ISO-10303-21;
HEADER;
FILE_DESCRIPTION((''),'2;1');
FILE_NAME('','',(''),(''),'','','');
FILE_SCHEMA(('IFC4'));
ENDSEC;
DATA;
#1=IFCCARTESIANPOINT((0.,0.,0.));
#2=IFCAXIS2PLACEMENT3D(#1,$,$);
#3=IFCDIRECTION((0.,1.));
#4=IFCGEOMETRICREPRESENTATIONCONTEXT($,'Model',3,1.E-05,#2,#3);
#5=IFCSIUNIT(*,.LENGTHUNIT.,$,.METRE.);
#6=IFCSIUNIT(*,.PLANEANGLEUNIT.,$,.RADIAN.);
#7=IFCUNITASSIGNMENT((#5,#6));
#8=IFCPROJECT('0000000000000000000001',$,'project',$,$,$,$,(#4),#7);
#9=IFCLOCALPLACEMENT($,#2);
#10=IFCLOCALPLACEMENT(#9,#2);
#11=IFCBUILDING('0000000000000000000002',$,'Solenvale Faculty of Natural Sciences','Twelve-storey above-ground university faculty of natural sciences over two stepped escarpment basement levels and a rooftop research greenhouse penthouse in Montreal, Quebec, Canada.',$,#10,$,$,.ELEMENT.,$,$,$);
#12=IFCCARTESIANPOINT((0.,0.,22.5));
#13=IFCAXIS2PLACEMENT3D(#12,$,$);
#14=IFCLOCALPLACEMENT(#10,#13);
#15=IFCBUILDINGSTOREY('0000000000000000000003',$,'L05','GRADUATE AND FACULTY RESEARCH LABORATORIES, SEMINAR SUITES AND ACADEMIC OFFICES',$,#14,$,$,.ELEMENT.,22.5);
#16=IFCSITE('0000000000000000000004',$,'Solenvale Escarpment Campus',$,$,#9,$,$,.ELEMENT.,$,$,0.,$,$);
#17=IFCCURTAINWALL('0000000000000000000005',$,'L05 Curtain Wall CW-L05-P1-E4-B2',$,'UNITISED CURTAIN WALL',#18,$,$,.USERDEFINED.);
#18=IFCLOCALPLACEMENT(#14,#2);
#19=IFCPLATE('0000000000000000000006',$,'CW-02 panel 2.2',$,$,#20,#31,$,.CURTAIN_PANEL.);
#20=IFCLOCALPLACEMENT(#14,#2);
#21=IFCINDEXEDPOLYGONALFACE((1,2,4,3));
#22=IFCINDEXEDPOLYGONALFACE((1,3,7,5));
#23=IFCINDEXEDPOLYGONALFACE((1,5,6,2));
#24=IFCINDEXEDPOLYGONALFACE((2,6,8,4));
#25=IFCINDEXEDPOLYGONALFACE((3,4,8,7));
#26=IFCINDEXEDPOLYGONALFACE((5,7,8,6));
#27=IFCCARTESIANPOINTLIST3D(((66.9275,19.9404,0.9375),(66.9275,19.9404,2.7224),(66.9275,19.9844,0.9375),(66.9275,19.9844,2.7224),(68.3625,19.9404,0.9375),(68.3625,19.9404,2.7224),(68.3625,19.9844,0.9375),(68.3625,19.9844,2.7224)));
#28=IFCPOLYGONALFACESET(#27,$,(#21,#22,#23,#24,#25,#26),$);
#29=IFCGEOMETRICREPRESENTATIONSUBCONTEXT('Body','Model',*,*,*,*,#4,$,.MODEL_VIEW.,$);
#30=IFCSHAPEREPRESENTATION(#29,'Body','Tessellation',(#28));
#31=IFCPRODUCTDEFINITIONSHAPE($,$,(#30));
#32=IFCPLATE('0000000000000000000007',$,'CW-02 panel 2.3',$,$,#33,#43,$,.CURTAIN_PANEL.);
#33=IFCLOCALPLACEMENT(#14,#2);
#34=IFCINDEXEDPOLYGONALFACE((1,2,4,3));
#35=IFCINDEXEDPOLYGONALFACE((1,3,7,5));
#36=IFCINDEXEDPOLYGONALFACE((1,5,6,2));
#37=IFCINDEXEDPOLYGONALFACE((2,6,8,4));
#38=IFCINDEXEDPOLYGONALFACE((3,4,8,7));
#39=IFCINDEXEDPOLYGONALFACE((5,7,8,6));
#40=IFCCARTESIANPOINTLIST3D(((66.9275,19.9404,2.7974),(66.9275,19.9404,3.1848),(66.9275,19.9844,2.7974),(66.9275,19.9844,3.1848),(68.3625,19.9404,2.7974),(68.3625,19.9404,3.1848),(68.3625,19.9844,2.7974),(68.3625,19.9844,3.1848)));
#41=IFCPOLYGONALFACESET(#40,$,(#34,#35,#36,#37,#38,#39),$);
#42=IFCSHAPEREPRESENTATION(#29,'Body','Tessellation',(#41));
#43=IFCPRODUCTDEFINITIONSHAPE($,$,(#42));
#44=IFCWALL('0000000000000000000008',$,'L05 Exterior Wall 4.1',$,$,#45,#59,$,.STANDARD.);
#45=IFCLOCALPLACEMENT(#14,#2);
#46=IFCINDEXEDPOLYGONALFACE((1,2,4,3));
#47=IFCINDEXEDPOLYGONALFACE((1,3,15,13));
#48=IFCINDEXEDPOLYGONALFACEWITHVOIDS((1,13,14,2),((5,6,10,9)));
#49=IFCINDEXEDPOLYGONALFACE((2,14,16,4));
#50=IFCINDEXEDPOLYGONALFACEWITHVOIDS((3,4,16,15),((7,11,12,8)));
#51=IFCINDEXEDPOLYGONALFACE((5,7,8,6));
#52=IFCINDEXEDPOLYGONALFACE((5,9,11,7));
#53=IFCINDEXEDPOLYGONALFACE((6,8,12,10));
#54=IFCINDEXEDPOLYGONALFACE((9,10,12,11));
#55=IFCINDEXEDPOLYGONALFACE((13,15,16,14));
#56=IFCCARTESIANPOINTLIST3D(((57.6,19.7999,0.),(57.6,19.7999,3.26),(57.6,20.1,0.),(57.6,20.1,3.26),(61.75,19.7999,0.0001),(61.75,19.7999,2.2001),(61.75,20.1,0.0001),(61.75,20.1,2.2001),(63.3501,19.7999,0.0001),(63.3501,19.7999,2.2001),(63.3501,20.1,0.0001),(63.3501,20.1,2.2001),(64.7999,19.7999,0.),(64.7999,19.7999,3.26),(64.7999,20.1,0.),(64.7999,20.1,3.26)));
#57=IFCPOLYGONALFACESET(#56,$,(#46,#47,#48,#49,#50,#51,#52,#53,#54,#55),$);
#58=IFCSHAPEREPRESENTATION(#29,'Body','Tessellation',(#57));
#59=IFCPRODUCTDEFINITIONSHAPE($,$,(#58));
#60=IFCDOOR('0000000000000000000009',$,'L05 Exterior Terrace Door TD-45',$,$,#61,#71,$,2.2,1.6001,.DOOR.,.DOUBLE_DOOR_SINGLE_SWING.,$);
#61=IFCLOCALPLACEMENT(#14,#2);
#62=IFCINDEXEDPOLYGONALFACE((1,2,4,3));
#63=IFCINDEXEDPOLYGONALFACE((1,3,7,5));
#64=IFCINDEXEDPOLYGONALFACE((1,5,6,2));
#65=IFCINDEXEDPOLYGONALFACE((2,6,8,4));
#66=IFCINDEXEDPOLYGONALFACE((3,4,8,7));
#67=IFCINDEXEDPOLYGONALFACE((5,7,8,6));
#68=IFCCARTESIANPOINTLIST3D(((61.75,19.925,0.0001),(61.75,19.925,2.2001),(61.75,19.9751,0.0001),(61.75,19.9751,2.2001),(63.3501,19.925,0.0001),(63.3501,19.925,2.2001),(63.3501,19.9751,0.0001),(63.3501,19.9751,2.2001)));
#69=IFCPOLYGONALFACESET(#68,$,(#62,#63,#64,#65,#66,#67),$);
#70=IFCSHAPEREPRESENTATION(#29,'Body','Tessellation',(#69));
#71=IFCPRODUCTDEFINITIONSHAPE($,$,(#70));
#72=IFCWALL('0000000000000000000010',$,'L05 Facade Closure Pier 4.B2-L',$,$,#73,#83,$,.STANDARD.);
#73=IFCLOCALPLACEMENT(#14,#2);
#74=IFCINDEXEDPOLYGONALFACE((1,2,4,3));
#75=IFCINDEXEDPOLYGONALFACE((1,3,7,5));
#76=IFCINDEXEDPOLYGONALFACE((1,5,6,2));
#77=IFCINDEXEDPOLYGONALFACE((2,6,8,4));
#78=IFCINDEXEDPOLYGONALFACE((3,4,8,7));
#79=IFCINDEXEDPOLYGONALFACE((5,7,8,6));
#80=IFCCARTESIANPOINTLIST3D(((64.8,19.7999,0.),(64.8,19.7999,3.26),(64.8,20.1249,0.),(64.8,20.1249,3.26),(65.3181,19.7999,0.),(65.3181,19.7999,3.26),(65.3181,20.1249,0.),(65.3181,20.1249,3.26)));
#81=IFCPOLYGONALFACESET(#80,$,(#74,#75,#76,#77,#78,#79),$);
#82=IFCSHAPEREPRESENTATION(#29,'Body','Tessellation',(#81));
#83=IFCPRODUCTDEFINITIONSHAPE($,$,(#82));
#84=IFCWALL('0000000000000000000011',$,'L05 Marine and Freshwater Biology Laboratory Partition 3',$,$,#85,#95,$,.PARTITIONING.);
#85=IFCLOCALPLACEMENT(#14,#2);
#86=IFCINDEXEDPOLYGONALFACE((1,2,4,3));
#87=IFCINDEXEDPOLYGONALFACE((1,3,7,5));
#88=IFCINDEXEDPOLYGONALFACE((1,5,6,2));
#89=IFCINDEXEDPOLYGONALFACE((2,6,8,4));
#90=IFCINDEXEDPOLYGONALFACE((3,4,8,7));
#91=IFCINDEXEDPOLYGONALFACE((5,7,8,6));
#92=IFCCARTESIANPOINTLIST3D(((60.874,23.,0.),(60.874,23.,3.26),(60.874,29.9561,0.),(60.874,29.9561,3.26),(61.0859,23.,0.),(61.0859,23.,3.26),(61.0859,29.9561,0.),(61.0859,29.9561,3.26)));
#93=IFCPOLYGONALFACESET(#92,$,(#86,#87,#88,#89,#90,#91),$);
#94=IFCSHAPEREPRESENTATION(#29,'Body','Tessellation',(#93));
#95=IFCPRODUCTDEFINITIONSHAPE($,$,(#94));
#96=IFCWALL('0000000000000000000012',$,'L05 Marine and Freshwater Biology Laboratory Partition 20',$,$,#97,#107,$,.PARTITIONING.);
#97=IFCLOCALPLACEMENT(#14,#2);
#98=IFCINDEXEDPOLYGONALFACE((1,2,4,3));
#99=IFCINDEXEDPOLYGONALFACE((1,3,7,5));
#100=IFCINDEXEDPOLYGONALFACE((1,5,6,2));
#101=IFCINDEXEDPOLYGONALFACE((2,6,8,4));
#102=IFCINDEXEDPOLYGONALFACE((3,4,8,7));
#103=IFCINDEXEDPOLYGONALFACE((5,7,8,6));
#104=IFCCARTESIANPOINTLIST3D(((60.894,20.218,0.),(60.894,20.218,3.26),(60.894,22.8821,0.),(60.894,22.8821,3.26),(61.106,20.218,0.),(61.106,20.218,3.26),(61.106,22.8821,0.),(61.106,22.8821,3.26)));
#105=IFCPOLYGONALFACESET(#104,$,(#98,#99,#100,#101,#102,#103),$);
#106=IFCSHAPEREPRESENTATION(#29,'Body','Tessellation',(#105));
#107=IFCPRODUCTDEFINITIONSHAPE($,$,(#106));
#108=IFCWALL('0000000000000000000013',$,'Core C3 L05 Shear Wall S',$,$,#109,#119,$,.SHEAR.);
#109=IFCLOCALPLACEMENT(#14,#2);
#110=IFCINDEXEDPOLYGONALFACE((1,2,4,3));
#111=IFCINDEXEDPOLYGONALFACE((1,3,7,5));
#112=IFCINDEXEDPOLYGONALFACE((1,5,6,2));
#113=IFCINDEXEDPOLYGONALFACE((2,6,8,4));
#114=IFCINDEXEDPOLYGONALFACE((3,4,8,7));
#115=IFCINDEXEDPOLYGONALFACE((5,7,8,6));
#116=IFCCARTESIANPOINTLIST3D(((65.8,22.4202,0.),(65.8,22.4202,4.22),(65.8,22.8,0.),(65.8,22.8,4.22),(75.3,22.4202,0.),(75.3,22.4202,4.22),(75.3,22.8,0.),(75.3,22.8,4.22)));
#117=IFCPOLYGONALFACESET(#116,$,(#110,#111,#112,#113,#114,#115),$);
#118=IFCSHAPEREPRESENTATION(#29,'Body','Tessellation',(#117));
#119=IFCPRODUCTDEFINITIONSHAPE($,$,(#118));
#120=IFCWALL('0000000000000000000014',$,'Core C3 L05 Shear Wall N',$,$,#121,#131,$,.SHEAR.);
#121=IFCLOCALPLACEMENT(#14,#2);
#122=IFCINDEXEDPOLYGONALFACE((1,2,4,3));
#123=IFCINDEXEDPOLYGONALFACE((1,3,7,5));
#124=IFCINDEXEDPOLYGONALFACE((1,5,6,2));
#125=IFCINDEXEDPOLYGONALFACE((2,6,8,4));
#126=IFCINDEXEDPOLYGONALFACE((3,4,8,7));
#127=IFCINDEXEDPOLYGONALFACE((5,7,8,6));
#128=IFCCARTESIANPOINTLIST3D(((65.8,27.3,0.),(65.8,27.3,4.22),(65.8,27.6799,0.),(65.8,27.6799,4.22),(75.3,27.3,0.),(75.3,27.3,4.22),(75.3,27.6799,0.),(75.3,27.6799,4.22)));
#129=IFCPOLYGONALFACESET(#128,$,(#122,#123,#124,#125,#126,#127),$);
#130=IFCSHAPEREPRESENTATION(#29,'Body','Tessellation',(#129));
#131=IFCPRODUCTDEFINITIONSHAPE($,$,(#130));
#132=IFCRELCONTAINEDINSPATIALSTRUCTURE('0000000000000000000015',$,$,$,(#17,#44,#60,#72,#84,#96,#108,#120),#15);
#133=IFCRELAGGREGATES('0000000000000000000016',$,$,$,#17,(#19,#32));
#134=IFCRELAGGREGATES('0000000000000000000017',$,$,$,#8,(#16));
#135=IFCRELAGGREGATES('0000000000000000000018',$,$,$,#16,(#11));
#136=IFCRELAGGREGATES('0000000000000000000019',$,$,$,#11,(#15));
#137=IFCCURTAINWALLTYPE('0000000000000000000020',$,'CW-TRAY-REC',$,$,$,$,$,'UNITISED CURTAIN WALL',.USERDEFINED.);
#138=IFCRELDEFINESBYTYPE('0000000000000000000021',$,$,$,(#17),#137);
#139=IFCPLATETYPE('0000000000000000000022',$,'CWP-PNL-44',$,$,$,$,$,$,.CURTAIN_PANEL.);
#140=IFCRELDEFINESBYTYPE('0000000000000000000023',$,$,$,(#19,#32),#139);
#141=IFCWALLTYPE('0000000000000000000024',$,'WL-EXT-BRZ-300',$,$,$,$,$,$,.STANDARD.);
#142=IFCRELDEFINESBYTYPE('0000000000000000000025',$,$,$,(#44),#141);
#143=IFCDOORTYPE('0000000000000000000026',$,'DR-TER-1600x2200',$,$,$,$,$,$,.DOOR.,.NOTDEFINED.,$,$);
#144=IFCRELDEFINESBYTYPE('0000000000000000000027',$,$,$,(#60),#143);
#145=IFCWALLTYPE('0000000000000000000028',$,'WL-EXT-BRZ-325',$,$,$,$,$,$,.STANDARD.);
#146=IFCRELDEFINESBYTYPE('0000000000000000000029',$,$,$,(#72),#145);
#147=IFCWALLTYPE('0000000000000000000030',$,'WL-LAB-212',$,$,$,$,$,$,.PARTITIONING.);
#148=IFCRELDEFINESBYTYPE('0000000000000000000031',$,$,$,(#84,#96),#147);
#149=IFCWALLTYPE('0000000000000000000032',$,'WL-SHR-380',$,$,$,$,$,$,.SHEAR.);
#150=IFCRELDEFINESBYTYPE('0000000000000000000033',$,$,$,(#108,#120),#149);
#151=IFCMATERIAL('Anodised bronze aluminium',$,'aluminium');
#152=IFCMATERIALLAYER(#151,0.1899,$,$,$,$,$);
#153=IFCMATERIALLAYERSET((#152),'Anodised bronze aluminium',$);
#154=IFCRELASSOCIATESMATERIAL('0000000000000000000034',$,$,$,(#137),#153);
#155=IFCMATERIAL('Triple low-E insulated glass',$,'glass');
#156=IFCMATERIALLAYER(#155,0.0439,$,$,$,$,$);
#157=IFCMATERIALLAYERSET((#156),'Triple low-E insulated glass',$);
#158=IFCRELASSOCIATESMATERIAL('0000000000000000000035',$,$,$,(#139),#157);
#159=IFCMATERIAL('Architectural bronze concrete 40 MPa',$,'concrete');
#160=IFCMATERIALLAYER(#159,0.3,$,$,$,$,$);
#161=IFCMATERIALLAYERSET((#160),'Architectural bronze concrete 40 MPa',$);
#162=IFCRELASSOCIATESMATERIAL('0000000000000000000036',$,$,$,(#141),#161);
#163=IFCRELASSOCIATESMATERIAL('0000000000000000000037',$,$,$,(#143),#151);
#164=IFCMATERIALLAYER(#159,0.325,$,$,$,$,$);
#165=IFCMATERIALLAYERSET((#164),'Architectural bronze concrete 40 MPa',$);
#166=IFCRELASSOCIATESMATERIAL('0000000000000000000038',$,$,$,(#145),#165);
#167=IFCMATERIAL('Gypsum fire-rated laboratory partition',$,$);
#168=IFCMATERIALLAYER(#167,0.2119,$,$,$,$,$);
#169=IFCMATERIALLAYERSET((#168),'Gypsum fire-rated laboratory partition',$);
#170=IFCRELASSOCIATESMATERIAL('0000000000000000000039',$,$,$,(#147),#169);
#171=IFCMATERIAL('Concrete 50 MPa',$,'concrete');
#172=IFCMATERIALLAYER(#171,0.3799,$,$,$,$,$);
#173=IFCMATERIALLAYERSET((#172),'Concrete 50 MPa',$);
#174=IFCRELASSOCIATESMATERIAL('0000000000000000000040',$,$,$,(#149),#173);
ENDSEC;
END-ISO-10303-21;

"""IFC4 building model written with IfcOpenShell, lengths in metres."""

from ifc_helpers import new_model, si_unit, direction, frame, frame_2d, origin, origin_2d, place, context, subcontext, project, spatial, rectangle, extrude, material, layer, layer_set, type_object, element, fill, aggregate, save


model = new_model("IFC4")

# Units and contexts
model_context = context("Model", 3, precision=1e-05, world=origin(), true_north=direction((0.0, 1.0)))
body_context = subcontext(model_context, "Body", "Model", "MODEL_VIEW")
ifc_project = project(units=[si_unit("LENGTHUNIT", "METRE"), si_unit("PLANEANGLEUNIT", "RADIAN")], contexts=[model_context])

# Site, building, storey
site_placement = place(None, origin())
site = spatial("IfcSite", under=ifc_project, at=site_placement, Name="Solenvale Escarpment Campus", CompositionType="ELEMENT", RefElevation=0.0)
building_placement = place(site_placement, origin())
building = spatial("IfcBuilding", under=site, at=building_placement, Name="Solenvale Faculty of Natural Sciences", Description="Twelve-storey above-ground university faculty of natural sciences over two stepped escarpment basement levels and a rooftop research greenhouse penthouse in Montreal, Quebec, Canada.", CompositionType="ELEMENT")
storey_placement = place(building_placement, frame((0.0, 0.0, 22.5)))
storey = spatial("IfcBuildingStorey", under=building, at=storey_placement, Name="L05", Description="GRADUATE AND FACULTY RESEARCH LABORATORIES, SEMINAR SUITES AND ACADEMIC OFFICES", CompositionType="ELEMENT", Elevation=22.5)

# Shared definitions
ifc_material_1 = material(Name="Architectural bronze concrete 40 MPa", Category="concrete")

# Shared definitions
ifc_material_2 = material(Name="Anodised bronze aluminium", Category="aluminium")
ifc_layer_1 = layer(ifc_material_2, 0.1899)
ifc_layer_set_1 = layer_set([ifc_layer_1], Name="Anodised bronze aluminium")
curtain_wall_type = type_object("IfcCurtainWallType", Name="CW-TRAY-REC", ElementType="UNITISED CURTAIN WALL", PredefinedType="USERDEFINED", material=ifc_layer_set_1)

# Curtain wall
curtain_wall_1_placement = place(storey_placement, origin())
curtain_wall_1 = element("IfcCurtainWall", 1, at=curtain_wall_1_placement, inside=storey, type_object=curtain_wall_type, Name="L05 Curtain Wall CW-L05-P1-E4-B2", ObjectType="UNITISED CURTAIN WALL", PredefinedType="USERDEFINED")

# Plates
ifc_material_3 = material(Name="Triple low-E insulated glass", Category="glass")
ifc_layer_2 = layer(ifc_material_3, 0.0439)
ifc_layer_set_2 = layer_set([ifc_layer_2], Name="Triple low-E insulated glass")
plate_type_1 = type_object("IfcPlateType", Name="CWP-PNL-44", PredefinedType="CURTAIN_PANEL", material=ifc_layer_set_2)
plate_1_placement = place(storey_placement, frame((67.645, 19.9624, 0.9375), z_axis=(0.0, 0.0, 1.0), x_axis=(1.0, 0.0, 0.0)))
plate_1 = element("IfcPlate", 2, at=plate_1_placement, type_object=plate_type_1, Name="CW-02 panel 2.2", PredefinedType="CURTAIN_PANEL", context=body_context, shape_type="SweptSolid", body=[
    extrude(rectangle(XDim=1.4351, YDim=0.0439, at=origin_2d()), origin(), (0.0, 0.0, 1.0), 1.7849),
])
plate_2_placement = place(storey_placement, frame((67.645, 19.9624, 2.7974), z_axis=(0.0, 0.0, 1.0), x_axis=(1.0, 0.0, 0.0)))
plate_2 = element("IfcPlate", 3, at=plate_2_placement, type_object=plate_type_1, Name="CW-02 panel 2.3", PredefinedType="CURTAIN_PANEL", context=body_context, shape_type="SweptSolid", body=[
    extrude(rectangle(XDim=1.4351, YDim=0.0439, at=origin_2d()), origin(), (0.0, 0.0, 1.0), 0.3875),
])
aggregate(curtain_wall_1, [plate_1, plate_2])

# Wall, opening, door
ifc_layer_3 = layer(ifc_material_1, 0.3)
ifc_layer_set_3 = layer_set([ifc_layer_3], Name="Architectural bronze concrete 40 MPa")
wall_type_1 = type_object("IfcWallType", Name="WL-EXT-BRZ-300", PredefinedType="STANDARD", material=ifc_layer_set_3)
wall_1_placement = place(storey_placement, frame((64.8, 19.95, 0.0), z_axis=(0.0, 0.0, 1.0), x_axis=(-1.0, 0.0, 0.0)))
wall_1 = element("IfcWall", 4, at=wall_1_placement, inside=storey, type_object=wall_type_1, Name="L05 Exterior Wall 4.1", PredefinedType="STANDARD", context=body_context, shape_type="SweptSolid", body=[
    extrude(rectangle(XDim=7.2, YDim=0.3, at=frame_2d((3.6001, 0.0))), origin(), (0.0, 0.0, 1.0), 3.26),
])
opening_1_placement = place(wall_1_placement, frame((1.45, 0.0, 0.0)))
opening_1 = element("IfcOpeningElement", 5, at=opening_1_placement, cuts=wall_1, PredefinedType="OPENING", context=body_context, shape_type="SweptSolid", body=[
    extrude(rectangle(XDim=1.6001, YDim=2.2, at=frame_2d((0.8, 1.1001))), frame((0.0, 0.1599, 0.0), z_axis=(0.0, -1.0, 0.0), x_axis=(1.0, 0.0, 0.0)), (0.0, 0.0, 1.0), 0.3201),
])
door_type_1 = type_object("IfcDoorType", Name="DR-TER-1600x2200", OperationType="NOTDEFINED", PredefinedType="DOOR", material=ifc_material_2)
door_1_placement = place(opening_1_placement, origin())
door_1 = element("IfcDoor", 6, at=door_1_placement, inside=storey, type_object=door_type_1, Name="L05 Exterior Terrace Door TD-45", OperationType="DOUBLE_DOOR_SINGLE_SWING", OverallHeight=2.2, OverallWidth=1.6001, PredefinedType="DOOR", context=body_context, shape_type="SweptSolid", body=[
    extrude(rectangle(XDim=1.6001, YDim=2.2, at=frame_2d((0.8, 1.1001))), frame((0.0, 0.0249, 0.0), z_axis=(0.0, -1.0, 0.0), x_axis=(1.0, 0.0, 0.0)), (0.0, 0.0, 1.0), 0.05),
])
fill(opening_1, door_1)

# Walls
ifc_layer_4 = layer(ifc_material_1, 0.325)
ifc_layer_set_4 = layer_set([ifc_layer_4], Name="Architectural bronze concrete 40 MPa")
wall_type_2 = type_object("IfcWallType", Name="WL-EXT-BRZ-325", PredefinedType="STANDARD", material=ifc_layer_set_4)
wall_2_placement = place(storey_placement, frame((64.8, 19.9624, 0.0), z_axis=(0.0, 0.0, 1.0), x_axis=(1.0, 0.0, 0.0)))
element("IfcWall", 7, at=wall_2_placement, inside=storey, type_object=wall_type_2, Name="L05 Facade Closure Pier 4.B2-L", PredefinedType="STANDARD", context=body_context, shape_type="SweptSolid", body=[
    extrude(rectangle(XDim=0.5181, YDim=0.325, at=frame_2d((0.259, 0.0))), origin(), (0.0, 0.0, 1.0), 3.26),
])
ifc_material_4 = material(Name="Gypsum fire-rated laboratory partition")
ifc_layer_5 = layer(ifc_material_4, 0.2119)
ifc_layer_set_5 = layer_set([ifc_layer_5], Name="Gypsum fire-rated laboratory partition")
wall_type_3 = type_object("IfcWallType", Name="WL-LAB-212", PredefinedType="PARTITIONING", material=ifc_layer_set_5)
wall_3_placement = place(storey_placement, frame((60.98, 29.9561, 0.0), z_axis=(0.0, 0.0, 1.0), x_axis=(0.0, -1.0, 0.0)))
element("IfcWall", 8, at=wall_3_placement, inside=storey, type_object=wall_type_3, Name="L05 Marine and Freshwater Biology Laboratory Partition 3", PredefinedType="PARTITIONING", context=body_context, shape_type="SweptSolid", body=[
    extrude(rectangle(XDim=6.9561, YDim=0.2119, at=frame_2d((3.478, 0.0))), origin(), (0.0, 0.0, 1.0), 3.26),
])
wall_4_placement = place(storey_placement, frame((61.0, 22.8821, 0.0), z_axis=(0.0, 0.0, 1.0), x_axis=(0.0, -1.0, 0.0)))
element("IfcWall", 9, at=wall_4_placement, inside=storey, type_object=wall_type_3, Name="L05 Marine and Freshwater Biology Laboratory Partition 20", PredefinedType="PARTITIONING", context=body_context, shape_type="SweptSolid", body=[
    extrude(rectangle(XDim=2.6641, YDim=0.2119, at=frame_2d((1.332, 0.0))), origin(), (0.0, 0.0, 1.0), 3.26),
])
ifc_material_5 = material(Name="Concrete 50 MPa", Category="concrete")
ifc_layer_6 = layer(ifc_material_5, 0.3799)
ifc_layer_set_6 = layer_set([ifc_layer_6], Name="Concrete 50 MPa")
wall_type_4 = type_object("IfcWallType", Name="WL-SHR-380", PredefinedType="SHEAR", material=ifc_layer_set_6)
for number, where, z_axis, x_axis, name in (
    (10, (65.8, 22.6101, 0.0), (0.0, 0.0, 1.0), (1.0, 0.0, 0.0), "Core C3 L05 Shear Wall S"),
    (11, (65.8, 27.49, 0.0), (0.0, 0.0, 1.0), (1.0, 0.0, 0.0), "Core C3 L05 Shear Wall N"),
):
    element("IfcWall", number, at=place(storey_placement, frame(where, z_axis=z_axis, x_axis=x_axis)), inside=storey, type_object=wall_type_4, Name=name, PredefinedType="SHEAR", context=body_context, shape_type="SweptSolid", body=[
        extrude(rectangle(XDim=9.5, YDim=0.3799, at=frame_2d((4.75, 0.0))), origin(), (0.0, 0.0, 1.0), 4.22),
    ])

save(model, "model.ifc")
